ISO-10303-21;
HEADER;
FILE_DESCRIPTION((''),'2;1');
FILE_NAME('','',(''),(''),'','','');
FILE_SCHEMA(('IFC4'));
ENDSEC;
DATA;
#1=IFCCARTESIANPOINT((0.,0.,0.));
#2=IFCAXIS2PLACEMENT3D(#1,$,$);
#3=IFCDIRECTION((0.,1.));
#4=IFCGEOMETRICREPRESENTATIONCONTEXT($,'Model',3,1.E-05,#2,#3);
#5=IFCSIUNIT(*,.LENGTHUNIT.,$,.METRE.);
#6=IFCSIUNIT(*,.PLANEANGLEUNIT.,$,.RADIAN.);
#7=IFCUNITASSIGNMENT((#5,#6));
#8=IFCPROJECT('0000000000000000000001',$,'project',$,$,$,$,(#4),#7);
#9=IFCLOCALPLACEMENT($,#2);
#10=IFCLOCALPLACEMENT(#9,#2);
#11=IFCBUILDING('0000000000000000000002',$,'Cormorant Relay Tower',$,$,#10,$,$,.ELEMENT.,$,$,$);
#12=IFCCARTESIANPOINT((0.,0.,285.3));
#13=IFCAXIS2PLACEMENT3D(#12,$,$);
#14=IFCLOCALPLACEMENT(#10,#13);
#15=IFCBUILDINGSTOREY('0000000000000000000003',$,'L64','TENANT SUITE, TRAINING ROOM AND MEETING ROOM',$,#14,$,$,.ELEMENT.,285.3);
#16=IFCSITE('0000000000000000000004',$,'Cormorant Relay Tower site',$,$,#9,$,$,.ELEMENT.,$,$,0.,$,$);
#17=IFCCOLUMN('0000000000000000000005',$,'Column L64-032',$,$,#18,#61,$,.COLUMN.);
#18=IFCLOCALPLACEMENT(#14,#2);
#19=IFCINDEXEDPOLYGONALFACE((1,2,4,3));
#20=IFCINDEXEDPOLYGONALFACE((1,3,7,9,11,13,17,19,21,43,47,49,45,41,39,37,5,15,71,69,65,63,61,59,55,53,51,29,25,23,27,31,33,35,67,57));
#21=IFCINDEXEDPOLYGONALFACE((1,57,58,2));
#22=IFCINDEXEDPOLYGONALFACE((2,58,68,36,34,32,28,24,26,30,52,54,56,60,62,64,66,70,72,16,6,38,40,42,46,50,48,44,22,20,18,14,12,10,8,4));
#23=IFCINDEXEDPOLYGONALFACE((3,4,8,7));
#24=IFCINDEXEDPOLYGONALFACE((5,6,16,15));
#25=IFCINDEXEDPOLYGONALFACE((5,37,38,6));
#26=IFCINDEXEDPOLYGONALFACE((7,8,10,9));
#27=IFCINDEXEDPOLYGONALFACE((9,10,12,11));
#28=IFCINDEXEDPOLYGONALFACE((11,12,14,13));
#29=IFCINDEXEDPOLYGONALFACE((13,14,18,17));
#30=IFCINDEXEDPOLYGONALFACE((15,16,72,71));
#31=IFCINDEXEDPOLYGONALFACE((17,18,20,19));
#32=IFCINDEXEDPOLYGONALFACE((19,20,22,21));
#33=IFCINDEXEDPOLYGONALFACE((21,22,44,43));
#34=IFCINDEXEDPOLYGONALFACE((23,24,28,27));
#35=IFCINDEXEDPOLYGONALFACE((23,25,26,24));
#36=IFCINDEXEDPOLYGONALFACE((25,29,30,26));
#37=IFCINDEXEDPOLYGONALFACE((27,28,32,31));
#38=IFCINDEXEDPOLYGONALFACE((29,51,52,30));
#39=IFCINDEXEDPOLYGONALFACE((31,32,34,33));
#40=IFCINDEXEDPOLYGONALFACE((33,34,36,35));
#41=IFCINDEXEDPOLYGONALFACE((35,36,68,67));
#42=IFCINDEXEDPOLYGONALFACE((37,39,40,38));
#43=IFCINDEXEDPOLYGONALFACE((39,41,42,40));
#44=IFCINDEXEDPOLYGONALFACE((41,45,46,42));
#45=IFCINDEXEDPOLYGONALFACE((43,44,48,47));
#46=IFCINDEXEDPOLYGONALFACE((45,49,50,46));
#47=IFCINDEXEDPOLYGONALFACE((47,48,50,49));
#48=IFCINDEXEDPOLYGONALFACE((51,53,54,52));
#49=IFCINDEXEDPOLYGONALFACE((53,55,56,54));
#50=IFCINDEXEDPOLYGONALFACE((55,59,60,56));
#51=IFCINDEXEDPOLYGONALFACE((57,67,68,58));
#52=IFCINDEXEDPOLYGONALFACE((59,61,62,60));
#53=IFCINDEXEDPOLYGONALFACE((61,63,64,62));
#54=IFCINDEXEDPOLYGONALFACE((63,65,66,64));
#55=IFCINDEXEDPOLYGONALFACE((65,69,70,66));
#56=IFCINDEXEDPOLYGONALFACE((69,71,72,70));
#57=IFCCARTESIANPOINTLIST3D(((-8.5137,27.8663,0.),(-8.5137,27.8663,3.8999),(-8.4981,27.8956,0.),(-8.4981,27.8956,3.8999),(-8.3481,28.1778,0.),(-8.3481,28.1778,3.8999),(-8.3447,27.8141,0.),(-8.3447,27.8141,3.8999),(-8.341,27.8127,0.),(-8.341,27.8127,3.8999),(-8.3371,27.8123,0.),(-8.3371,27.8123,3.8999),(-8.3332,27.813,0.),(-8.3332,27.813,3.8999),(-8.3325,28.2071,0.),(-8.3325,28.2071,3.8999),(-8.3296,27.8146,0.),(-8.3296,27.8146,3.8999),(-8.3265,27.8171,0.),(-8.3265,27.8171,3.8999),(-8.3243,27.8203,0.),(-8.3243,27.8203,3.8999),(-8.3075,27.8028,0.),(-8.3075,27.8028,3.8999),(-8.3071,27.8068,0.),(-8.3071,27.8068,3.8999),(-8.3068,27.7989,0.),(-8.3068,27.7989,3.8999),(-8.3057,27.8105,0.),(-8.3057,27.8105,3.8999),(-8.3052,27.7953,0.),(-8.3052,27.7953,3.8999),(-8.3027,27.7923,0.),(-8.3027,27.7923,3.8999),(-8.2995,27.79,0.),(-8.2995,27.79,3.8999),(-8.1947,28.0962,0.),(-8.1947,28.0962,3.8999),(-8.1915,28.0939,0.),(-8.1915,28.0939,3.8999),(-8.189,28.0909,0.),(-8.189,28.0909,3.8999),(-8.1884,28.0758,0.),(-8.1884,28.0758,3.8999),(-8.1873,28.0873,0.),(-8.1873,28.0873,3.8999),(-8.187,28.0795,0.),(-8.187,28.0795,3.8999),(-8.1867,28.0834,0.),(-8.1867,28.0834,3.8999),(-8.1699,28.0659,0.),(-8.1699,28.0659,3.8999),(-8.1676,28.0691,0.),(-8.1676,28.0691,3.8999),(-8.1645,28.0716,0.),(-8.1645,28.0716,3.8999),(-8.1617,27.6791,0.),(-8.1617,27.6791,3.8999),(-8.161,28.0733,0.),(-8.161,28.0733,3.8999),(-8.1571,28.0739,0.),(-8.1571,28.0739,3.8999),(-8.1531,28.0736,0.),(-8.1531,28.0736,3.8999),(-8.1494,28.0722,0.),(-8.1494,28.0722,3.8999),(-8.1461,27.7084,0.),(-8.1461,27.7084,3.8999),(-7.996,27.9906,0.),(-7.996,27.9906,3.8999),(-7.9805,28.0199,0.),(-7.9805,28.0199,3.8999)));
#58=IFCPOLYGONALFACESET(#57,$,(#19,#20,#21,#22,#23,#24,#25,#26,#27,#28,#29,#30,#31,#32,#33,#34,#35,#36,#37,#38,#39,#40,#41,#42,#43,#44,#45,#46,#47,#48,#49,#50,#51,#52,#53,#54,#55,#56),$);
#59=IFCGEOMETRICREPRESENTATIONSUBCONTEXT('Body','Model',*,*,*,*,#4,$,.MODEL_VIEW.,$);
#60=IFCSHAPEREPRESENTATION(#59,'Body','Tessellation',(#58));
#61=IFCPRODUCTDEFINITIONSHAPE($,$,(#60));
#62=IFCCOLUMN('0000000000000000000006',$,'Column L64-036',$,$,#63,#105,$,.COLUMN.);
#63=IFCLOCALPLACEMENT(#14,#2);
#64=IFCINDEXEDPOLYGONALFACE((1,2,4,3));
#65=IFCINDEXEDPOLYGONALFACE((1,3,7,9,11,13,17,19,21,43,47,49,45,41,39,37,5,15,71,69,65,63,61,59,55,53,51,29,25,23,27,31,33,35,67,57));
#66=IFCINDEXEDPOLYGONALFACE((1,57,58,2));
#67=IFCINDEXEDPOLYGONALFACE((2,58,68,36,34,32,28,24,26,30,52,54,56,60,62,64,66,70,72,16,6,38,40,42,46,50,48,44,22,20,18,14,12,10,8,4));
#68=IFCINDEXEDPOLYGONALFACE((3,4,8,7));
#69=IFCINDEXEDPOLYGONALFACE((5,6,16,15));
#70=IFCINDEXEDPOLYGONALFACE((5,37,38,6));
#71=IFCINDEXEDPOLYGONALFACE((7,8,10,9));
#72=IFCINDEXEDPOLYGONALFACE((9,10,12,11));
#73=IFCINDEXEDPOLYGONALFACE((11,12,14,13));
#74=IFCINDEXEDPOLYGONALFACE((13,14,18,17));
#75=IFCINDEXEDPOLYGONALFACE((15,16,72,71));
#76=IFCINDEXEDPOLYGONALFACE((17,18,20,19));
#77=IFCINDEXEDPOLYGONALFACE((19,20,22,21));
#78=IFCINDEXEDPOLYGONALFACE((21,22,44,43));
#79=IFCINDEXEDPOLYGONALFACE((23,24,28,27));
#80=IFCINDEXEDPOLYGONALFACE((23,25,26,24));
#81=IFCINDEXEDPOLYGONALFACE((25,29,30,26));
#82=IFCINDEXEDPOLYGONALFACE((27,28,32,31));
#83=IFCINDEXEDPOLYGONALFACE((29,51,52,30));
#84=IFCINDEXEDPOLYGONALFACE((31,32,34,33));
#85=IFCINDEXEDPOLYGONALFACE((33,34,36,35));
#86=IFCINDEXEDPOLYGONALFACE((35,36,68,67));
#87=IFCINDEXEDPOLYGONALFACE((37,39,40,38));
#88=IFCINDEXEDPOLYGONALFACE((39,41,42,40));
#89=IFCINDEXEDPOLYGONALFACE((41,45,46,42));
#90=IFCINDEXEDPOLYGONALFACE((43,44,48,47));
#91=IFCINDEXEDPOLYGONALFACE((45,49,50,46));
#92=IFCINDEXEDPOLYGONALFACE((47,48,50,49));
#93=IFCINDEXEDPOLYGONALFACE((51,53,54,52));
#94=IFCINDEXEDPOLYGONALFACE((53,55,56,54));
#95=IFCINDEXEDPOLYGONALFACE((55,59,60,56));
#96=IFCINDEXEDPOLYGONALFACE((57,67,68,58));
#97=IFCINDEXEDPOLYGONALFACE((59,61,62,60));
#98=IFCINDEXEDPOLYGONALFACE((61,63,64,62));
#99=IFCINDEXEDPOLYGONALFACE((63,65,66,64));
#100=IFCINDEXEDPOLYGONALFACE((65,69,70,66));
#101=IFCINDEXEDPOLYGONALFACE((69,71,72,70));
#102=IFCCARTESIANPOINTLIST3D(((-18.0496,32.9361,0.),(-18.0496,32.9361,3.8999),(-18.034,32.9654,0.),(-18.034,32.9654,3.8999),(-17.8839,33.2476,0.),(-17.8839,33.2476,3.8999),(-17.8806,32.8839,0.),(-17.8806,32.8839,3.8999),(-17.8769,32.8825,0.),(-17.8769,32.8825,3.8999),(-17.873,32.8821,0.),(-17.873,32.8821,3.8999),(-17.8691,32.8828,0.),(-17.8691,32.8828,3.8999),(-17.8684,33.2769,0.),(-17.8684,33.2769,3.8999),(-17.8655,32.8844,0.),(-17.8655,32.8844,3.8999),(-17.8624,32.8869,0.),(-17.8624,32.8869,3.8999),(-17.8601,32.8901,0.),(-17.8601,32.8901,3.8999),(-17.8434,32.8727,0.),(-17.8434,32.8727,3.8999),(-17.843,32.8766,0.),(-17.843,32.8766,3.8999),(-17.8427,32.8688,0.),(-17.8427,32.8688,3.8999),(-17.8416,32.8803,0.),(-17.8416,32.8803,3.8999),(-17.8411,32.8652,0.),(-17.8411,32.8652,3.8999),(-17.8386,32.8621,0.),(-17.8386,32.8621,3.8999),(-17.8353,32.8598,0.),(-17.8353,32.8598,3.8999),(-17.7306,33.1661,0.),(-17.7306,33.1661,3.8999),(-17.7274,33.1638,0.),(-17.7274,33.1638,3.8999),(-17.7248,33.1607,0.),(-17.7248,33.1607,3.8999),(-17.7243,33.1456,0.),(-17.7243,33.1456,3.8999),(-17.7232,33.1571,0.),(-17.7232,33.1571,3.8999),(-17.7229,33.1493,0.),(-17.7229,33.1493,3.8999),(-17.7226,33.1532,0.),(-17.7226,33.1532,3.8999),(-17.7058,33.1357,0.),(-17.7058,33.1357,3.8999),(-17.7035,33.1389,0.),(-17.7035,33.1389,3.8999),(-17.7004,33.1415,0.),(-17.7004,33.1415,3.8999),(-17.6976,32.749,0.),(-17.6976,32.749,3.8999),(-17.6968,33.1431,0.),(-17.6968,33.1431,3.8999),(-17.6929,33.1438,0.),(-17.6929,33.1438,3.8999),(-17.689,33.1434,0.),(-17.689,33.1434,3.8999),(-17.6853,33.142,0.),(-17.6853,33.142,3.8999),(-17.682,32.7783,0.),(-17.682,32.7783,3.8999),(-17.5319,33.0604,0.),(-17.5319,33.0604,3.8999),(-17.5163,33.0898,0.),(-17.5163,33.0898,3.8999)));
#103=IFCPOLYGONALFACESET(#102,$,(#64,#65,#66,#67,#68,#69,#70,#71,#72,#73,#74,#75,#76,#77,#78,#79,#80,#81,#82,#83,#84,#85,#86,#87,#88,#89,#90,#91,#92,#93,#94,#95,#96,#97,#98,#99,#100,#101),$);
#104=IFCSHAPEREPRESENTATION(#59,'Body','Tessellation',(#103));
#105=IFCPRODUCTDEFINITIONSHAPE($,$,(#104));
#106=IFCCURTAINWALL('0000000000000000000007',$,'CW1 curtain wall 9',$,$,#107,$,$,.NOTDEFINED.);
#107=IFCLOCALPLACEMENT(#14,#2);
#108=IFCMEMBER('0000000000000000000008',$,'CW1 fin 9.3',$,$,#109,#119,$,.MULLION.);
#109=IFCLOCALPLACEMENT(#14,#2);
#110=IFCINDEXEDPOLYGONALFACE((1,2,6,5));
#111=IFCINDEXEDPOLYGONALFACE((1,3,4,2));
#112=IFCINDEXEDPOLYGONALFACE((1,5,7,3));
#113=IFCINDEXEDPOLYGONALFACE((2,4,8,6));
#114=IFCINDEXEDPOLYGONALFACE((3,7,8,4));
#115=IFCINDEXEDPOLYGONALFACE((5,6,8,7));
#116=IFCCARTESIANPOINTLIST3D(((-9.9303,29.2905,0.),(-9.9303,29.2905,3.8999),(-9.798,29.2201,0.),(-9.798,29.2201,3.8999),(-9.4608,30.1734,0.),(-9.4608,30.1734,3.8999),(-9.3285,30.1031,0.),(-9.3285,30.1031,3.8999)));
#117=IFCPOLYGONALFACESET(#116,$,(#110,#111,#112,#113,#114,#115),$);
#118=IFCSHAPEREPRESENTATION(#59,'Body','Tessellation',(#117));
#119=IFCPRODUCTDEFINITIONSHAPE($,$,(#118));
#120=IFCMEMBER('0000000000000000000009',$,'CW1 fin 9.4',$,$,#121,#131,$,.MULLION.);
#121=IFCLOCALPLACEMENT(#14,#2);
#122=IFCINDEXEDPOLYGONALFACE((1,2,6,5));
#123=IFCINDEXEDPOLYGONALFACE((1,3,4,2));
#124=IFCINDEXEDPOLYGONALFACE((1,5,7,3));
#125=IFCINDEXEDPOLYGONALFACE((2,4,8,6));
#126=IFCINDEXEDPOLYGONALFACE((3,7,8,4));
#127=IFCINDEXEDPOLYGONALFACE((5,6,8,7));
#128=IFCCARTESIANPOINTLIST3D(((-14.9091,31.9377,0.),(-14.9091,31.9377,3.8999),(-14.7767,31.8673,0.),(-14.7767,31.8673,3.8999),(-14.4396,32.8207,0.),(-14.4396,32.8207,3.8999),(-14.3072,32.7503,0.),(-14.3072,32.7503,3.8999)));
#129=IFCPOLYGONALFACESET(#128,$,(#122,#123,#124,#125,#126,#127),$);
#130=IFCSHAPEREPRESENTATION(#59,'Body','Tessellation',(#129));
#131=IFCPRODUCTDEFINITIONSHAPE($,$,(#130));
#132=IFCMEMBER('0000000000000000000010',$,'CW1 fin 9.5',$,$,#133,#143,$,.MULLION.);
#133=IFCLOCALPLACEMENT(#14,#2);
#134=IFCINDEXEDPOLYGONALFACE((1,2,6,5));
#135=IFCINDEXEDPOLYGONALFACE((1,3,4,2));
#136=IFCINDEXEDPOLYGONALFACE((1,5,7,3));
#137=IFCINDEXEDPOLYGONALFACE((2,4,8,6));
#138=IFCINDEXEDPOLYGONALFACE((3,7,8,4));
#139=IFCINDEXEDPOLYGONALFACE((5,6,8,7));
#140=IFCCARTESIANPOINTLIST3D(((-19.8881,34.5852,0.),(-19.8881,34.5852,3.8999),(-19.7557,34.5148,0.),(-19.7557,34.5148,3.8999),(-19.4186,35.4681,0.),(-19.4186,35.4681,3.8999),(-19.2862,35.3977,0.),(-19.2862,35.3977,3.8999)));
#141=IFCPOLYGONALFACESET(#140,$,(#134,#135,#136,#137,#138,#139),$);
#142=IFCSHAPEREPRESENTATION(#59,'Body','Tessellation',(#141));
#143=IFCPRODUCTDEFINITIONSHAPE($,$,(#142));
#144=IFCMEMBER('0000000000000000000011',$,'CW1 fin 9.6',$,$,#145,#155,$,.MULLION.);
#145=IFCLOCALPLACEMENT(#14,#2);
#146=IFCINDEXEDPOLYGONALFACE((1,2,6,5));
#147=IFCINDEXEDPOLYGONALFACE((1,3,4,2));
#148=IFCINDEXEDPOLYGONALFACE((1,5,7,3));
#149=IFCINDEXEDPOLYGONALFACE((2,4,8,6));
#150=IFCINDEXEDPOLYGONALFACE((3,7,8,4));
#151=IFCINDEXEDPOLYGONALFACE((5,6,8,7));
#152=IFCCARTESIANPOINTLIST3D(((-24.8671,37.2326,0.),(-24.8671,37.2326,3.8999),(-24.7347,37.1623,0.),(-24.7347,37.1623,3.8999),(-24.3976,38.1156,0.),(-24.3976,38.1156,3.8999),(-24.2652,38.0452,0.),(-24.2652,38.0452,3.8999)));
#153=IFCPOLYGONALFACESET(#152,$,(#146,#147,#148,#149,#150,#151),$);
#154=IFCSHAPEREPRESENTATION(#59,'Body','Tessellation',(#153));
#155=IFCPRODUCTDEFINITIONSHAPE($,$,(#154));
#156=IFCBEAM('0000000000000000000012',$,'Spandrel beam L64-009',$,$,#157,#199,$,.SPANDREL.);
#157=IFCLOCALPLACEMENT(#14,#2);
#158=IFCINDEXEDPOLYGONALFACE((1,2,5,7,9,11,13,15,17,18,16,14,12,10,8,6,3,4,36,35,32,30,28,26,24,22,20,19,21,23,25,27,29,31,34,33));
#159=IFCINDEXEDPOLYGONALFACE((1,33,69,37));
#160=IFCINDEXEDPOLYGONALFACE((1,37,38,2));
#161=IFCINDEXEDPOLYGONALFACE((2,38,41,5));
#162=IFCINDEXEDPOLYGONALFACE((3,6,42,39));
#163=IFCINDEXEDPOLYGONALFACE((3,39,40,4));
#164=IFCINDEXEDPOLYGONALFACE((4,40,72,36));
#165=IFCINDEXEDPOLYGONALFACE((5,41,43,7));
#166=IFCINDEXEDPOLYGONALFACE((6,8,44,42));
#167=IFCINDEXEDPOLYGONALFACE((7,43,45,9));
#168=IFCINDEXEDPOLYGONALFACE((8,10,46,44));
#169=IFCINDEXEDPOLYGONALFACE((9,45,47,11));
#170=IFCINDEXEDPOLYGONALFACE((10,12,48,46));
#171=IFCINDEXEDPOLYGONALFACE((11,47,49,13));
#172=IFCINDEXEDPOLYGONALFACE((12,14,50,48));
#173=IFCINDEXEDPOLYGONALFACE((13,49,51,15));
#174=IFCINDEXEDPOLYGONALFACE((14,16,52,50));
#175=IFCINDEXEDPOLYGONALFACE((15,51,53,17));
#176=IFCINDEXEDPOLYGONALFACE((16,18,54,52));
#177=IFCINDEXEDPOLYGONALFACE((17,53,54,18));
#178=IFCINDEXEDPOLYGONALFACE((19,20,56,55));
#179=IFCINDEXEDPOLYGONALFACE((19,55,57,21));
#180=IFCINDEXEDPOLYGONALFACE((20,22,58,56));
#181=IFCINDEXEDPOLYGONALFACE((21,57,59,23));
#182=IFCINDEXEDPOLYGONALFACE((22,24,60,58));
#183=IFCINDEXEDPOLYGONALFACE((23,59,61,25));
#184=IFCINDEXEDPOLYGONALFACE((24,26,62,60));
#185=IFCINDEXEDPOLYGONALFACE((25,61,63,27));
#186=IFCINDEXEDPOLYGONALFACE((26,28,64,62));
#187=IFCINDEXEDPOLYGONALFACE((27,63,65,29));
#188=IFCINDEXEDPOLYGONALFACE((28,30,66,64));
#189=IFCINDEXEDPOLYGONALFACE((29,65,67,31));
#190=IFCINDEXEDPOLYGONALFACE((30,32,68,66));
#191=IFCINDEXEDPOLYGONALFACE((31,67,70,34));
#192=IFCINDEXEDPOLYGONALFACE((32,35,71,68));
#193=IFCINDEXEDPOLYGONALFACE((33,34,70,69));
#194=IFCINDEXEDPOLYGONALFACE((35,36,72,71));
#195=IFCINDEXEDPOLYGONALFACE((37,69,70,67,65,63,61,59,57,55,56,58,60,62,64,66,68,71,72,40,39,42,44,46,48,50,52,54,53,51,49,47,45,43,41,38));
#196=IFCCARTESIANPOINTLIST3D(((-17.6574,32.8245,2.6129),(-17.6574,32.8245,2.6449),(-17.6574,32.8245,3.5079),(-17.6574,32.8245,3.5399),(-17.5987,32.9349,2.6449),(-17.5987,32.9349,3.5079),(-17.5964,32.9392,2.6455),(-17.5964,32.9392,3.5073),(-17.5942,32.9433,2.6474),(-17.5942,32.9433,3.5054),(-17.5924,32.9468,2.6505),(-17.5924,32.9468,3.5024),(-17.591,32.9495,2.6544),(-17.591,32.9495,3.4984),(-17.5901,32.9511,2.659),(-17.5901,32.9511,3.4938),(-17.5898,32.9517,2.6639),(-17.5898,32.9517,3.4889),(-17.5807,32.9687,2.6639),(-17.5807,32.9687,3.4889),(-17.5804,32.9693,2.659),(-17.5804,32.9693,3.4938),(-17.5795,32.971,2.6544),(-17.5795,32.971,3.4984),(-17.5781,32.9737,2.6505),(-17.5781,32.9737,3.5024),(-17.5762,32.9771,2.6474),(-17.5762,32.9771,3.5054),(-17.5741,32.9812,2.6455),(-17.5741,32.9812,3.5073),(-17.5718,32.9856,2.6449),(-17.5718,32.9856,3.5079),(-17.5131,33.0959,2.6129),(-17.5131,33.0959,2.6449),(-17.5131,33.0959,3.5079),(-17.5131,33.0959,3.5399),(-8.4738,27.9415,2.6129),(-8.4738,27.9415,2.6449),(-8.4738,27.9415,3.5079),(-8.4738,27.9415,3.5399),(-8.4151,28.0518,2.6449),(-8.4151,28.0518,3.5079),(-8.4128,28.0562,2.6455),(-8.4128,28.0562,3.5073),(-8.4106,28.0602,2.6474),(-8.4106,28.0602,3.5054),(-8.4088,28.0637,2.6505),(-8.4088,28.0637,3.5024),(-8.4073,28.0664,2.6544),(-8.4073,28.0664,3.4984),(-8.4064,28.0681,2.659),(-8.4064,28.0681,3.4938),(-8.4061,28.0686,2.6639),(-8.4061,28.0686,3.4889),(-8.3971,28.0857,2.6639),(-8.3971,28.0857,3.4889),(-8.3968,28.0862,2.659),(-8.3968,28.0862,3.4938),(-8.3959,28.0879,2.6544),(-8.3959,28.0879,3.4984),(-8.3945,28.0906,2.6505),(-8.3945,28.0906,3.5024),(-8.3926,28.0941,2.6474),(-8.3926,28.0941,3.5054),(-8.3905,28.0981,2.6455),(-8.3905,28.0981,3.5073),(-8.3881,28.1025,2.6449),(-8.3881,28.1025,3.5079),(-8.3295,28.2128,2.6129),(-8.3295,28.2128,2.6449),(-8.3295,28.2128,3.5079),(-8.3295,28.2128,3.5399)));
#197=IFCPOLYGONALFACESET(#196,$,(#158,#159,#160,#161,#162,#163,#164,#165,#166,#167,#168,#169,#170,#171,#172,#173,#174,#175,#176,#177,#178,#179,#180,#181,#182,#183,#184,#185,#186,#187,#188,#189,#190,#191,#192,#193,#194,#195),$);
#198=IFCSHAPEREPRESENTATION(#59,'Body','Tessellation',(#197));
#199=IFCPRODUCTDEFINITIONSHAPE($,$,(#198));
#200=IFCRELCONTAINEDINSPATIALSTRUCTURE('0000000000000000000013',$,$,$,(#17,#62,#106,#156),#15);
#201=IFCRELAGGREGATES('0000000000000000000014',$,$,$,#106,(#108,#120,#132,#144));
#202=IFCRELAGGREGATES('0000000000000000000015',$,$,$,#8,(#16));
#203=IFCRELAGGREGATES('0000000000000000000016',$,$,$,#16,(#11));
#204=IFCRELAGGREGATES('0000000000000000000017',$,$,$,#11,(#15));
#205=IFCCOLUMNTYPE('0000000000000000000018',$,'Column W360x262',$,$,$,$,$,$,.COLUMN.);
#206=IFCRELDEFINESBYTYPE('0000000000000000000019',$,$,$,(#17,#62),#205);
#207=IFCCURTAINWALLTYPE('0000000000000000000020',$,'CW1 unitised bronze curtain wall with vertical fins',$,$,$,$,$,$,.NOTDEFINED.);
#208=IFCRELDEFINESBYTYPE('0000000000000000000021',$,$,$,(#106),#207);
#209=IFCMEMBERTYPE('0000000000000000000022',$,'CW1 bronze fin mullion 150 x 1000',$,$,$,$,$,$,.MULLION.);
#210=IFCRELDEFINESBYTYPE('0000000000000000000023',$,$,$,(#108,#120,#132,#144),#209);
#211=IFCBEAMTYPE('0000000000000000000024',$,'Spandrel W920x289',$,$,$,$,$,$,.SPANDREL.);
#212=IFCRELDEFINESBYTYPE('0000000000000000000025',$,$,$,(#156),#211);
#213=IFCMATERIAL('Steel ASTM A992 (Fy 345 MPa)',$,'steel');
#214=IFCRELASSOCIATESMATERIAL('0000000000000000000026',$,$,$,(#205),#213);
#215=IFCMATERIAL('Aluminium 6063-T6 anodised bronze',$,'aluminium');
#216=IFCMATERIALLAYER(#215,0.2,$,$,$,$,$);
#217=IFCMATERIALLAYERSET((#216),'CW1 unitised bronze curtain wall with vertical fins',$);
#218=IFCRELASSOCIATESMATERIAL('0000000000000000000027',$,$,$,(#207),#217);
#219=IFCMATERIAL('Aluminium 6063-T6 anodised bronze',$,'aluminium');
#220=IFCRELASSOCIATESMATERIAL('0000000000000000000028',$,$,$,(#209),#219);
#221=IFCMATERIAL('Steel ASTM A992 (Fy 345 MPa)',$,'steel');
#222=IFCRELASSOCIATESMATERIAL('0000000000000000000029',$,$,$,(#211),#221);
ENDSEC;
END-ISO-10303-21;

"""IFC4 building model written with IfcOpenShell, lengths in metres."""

from ifc_helpers import new_model, si_unit, direction, frame, origin, origin_2d, place, context, subcontext, project, spatial, rectangle, i_section, extrude, material, layer, layer_set, material_profile, profile_set, type_object, element, aggregate, save


model = new_model("IFC4")

# Units and contexts
model_context = context("Model", 3, precision=1e-05, world=origin(), true_north=direction((0.0, 1.0)))
body_context = subcontext(model_context, "Body", "Model", "MODEL_VIEW")
ifc_project = project(units=[si_unit("LENGTHUNIT", "METRE"), si_unit("PLANEANGLEUNIT", "RADIAN")], contexts=[model_context])

# Site, building, storey
site_placement = place(None, origin())
site = spatial("IfcSite", under=ifc_project, at=site_placement, Name="Cormorant Relay Tower site", CompositionType="ELEMENT", RefElevation=0.0)
building_placement = place(site_placement, origin())
building = spatial("IfcBuilding", under=site, at=building_placement, Name="Cormorant Relay Tower", CompositionType="ELEMENT")
storey_placement = place(building_placement, frame((0.0, 0.0, 285.3)))
storey = spatial("IfcBuildingStorey", under=building, at=storey_placement, Name="L64", Description="TENANT SUITE, TRAINING ROOM AND MEETING ROOM", CompositionType="ELEMENT", Elevation=285.3)

# Columns
ifc_material_1 = material(Name="Steel ASTM A992 (Fy 345 MPa)", Category="steel")
ifc_material_profile_1 = material_profile(ifc_material_1, i_section(OverallWidth=0.3987, OverallDepth=0.386, WebThickness=0.021, FlangeThickness=0.0332, FilletRadius=0.0151, at=origin_2d()), Name="W360x262")
ifc_profile_set_1 = profile_set([ifc_material_profile_1], Name="Steel ASTM A992 (Fy 345 MPa)")
column_type = type_object("IfcColumnType", Name="Column W360x262", PredefinedType="COLUMN", material=ifc_profile_set_1)
for number, where, z_axis, x_axis, name in (
    (1, (-8.2471, 27.9431, 0.0), (0.0, 0.0, 1.0), (-0.882948, 0.469472, 0.0), "Column L64-032"),
    (2, (-17.783, 33.0129, 0.0), (0.0, 0.0, 1.0), (-0.882948, 0.469472, 0.0), "Column L64-036"),
):
    element("IfcColumn", number, at=place(storey_placement, frame(where, z_axis=z_axis, x_axis=x_axis)), inside=storey, type_object=column_type, Name=name, PredefinedType="COLUMN", context=body_context, shape_type="SweptSolid", body=[
        extrude(i_section(OverallWidth=0.3987, OverallDepth=0.386, WebThickness=0.021, FlangeThickness=0.0332, FilletRadius=0.0151, at=origin_2d()), origin(), (0.0, 0.0, 1.0), 3.8999),
    ])

# Curtain wall, members
ifc_material_2 = material(Name="Aluminium 6063-T6 anodised bronze", Category="aluminium")
ifc_layer_1 = layer(ifc_material_2, 0.2)
ifc_layer_set_1 = layer_set([ifc_layer_1], Name="CW1 unitised bronze curtain wall with vertical fins")
curtain_wall_type = type_object("IfcCurtainWallType", Name="CW1 unitised bronze curtain wall with vertical fins", PredefinedType="NOTDEFINED", material=ifc_layer_set_1)
curtain_wall_placement = place(storey_placement, origin())
curtain_wall = element("IfcCurtainWall", 3, at=curtain_wall_placement, inside=storey, type_object=curtain_wall_type, Name="CW1 curtain wall 9", PredefinedType="NOTDEFINED")
ifc_material_3 = material(Name="Aluminium 6063-T6 anodised bronze", Category="aluminium")
ifc_material_profile_2 = material_profile(ifc_material_3, rectangle(XDim=0.1499, YDim=1.0, at=origin_2d()), Name="AL 150x1000")
ifc_profile_set_2 = profile_set([ifc_material_profile_2], Name="Aluminium 6063-T6 anodised bronze")
member_type = type_object("IfcMemberType", Name="CW1 bronze fin mullion 150 x 1000", PredefinedType="MULLION", material=ifc_profile_set_2)
member_1_placement = place(storey_placement, frame((-9.6294, 29.6968, 0.0), z_axis=(0.0, 0.0, 1.0), x_axis=(-0.882948, 0.469472, 0.0)))
member_1 = element("IfcMember", 4, at=member_1_placement, type_object=member_type, Name="CW1 fin 9.3", PredefinedType="MULLION", context=body_context, shape_type="SweptSolid", body=[
    extrude(rectangle(XDim=0.1499, YDim=1.0, at=origin_2d()), origin(), (0.0, 0.0, 1.0), 3.8999),
])
member_2_placement = place(storey_placement, frame((-14.6082, 32.344, 0.0), z_axis=(0.0, 0.0, 1.0), x_axis=(-0.882948, 0.469472, 0.0)))
member_2 = element("IfcMember", 5, at=member_2_placement, type_object=member_type, Name="CW1 fin 9.4", PredefinedType="MULLION", context=body_context, shape_type="SweptSolid", body=[
    extrude(rectangle(XDim=0.1499, YDim=1.0, at=origin_2d()), origin(), (0.0, 0.0, 1.0), 3.8999),
])
member_3_placement = place(storey_placement, frame((-19.5872, 34.9915, 0.0), z_axis=(0.0, 0.0, 1.0), x_axis=(-0.882948, 0.469472, 0.0)))
member_3 = element("IfcMember", 6, at=member_3_placement, type_object=member_type, Name="CW1 fin 9.5", PredefinedType="MULLION", context=body_context, shape_type="SweptSolid", body=[
    extrude(rectangle(XDim=0.1499, YDim=1.0, at=origin_2d()), origin(), (0.0, 0.0, 1.0), 3.8999),
])
member_4_placement = place(storey_placement, frame((-24.5662, 37.6389, 0.0), z_axis=(0.0, 0.0, 1.0), x_axis=(-0.882948, 0.469472, 0.0)))
member_4 = element("IfcMember", 7, at=member_4_placement, type_object=member_type, Name="CW1 fin 9.6", PredefinedType="MULLION", context=body_context, shape_type="SweptSolid", body=[
    extrude(rectangle(XDim=0.1499, YDim=1.0, at=origin_2d()), origin(), (0.0, 0.0, 1.0), 3.8999),
])

# Beam
ifc_material_4 = material(Name="Steel ASTM A992 (Fy 345 MPa)", Category="steel")
ifc_material_profile_3 = material_profile(ifc_material_4, i_section(OverallWidth=0.3074, OverallDepth=0.927, WebThickness=0.0193, FlangeThickness=0.032, FilletRadius=0.019, at=origin_2d()), Name="W920x289")
ifc_profile_set_3 = profile_set([ifc_material_profile_3], Name="Steel ASTM A992 (Fy 345 MPa)")
beam_type_1 = type_object("IfcBeamType", Name="Spandrel W920x289", PredefinedType="SPANDREL", material=ifc_profile_set_3)
beam_1_placement = place(storey_placement, frame((-8.4016, 28.0771, 3.0764), z_axis=(-0.882945, 0.469476, 0.0), x_axis=(-0.469476, -0.882945, 0.0)))
element("IfcBeam", 8, at=beam_1_placement, inside=storey, type_object=beam_type_1, Name="Spandrel beam L64-009", PredefinedType="SPANDREL", context=body_context, shape_type="SweptSolid", body=[
    extrude(i_section(OverallWidth=0.3074, OverallDepth=0.927, WebThickness=0.0193, FlangeThickness=0.032, FilletRadius=0.019, at=origin_2d()), origin(), (0.0, 0.0, 1.0), 10.4011),
])

aggregate(curtain_wall, [member_1, member_2, member_3, member_4])

save(model, "model.ifc")
